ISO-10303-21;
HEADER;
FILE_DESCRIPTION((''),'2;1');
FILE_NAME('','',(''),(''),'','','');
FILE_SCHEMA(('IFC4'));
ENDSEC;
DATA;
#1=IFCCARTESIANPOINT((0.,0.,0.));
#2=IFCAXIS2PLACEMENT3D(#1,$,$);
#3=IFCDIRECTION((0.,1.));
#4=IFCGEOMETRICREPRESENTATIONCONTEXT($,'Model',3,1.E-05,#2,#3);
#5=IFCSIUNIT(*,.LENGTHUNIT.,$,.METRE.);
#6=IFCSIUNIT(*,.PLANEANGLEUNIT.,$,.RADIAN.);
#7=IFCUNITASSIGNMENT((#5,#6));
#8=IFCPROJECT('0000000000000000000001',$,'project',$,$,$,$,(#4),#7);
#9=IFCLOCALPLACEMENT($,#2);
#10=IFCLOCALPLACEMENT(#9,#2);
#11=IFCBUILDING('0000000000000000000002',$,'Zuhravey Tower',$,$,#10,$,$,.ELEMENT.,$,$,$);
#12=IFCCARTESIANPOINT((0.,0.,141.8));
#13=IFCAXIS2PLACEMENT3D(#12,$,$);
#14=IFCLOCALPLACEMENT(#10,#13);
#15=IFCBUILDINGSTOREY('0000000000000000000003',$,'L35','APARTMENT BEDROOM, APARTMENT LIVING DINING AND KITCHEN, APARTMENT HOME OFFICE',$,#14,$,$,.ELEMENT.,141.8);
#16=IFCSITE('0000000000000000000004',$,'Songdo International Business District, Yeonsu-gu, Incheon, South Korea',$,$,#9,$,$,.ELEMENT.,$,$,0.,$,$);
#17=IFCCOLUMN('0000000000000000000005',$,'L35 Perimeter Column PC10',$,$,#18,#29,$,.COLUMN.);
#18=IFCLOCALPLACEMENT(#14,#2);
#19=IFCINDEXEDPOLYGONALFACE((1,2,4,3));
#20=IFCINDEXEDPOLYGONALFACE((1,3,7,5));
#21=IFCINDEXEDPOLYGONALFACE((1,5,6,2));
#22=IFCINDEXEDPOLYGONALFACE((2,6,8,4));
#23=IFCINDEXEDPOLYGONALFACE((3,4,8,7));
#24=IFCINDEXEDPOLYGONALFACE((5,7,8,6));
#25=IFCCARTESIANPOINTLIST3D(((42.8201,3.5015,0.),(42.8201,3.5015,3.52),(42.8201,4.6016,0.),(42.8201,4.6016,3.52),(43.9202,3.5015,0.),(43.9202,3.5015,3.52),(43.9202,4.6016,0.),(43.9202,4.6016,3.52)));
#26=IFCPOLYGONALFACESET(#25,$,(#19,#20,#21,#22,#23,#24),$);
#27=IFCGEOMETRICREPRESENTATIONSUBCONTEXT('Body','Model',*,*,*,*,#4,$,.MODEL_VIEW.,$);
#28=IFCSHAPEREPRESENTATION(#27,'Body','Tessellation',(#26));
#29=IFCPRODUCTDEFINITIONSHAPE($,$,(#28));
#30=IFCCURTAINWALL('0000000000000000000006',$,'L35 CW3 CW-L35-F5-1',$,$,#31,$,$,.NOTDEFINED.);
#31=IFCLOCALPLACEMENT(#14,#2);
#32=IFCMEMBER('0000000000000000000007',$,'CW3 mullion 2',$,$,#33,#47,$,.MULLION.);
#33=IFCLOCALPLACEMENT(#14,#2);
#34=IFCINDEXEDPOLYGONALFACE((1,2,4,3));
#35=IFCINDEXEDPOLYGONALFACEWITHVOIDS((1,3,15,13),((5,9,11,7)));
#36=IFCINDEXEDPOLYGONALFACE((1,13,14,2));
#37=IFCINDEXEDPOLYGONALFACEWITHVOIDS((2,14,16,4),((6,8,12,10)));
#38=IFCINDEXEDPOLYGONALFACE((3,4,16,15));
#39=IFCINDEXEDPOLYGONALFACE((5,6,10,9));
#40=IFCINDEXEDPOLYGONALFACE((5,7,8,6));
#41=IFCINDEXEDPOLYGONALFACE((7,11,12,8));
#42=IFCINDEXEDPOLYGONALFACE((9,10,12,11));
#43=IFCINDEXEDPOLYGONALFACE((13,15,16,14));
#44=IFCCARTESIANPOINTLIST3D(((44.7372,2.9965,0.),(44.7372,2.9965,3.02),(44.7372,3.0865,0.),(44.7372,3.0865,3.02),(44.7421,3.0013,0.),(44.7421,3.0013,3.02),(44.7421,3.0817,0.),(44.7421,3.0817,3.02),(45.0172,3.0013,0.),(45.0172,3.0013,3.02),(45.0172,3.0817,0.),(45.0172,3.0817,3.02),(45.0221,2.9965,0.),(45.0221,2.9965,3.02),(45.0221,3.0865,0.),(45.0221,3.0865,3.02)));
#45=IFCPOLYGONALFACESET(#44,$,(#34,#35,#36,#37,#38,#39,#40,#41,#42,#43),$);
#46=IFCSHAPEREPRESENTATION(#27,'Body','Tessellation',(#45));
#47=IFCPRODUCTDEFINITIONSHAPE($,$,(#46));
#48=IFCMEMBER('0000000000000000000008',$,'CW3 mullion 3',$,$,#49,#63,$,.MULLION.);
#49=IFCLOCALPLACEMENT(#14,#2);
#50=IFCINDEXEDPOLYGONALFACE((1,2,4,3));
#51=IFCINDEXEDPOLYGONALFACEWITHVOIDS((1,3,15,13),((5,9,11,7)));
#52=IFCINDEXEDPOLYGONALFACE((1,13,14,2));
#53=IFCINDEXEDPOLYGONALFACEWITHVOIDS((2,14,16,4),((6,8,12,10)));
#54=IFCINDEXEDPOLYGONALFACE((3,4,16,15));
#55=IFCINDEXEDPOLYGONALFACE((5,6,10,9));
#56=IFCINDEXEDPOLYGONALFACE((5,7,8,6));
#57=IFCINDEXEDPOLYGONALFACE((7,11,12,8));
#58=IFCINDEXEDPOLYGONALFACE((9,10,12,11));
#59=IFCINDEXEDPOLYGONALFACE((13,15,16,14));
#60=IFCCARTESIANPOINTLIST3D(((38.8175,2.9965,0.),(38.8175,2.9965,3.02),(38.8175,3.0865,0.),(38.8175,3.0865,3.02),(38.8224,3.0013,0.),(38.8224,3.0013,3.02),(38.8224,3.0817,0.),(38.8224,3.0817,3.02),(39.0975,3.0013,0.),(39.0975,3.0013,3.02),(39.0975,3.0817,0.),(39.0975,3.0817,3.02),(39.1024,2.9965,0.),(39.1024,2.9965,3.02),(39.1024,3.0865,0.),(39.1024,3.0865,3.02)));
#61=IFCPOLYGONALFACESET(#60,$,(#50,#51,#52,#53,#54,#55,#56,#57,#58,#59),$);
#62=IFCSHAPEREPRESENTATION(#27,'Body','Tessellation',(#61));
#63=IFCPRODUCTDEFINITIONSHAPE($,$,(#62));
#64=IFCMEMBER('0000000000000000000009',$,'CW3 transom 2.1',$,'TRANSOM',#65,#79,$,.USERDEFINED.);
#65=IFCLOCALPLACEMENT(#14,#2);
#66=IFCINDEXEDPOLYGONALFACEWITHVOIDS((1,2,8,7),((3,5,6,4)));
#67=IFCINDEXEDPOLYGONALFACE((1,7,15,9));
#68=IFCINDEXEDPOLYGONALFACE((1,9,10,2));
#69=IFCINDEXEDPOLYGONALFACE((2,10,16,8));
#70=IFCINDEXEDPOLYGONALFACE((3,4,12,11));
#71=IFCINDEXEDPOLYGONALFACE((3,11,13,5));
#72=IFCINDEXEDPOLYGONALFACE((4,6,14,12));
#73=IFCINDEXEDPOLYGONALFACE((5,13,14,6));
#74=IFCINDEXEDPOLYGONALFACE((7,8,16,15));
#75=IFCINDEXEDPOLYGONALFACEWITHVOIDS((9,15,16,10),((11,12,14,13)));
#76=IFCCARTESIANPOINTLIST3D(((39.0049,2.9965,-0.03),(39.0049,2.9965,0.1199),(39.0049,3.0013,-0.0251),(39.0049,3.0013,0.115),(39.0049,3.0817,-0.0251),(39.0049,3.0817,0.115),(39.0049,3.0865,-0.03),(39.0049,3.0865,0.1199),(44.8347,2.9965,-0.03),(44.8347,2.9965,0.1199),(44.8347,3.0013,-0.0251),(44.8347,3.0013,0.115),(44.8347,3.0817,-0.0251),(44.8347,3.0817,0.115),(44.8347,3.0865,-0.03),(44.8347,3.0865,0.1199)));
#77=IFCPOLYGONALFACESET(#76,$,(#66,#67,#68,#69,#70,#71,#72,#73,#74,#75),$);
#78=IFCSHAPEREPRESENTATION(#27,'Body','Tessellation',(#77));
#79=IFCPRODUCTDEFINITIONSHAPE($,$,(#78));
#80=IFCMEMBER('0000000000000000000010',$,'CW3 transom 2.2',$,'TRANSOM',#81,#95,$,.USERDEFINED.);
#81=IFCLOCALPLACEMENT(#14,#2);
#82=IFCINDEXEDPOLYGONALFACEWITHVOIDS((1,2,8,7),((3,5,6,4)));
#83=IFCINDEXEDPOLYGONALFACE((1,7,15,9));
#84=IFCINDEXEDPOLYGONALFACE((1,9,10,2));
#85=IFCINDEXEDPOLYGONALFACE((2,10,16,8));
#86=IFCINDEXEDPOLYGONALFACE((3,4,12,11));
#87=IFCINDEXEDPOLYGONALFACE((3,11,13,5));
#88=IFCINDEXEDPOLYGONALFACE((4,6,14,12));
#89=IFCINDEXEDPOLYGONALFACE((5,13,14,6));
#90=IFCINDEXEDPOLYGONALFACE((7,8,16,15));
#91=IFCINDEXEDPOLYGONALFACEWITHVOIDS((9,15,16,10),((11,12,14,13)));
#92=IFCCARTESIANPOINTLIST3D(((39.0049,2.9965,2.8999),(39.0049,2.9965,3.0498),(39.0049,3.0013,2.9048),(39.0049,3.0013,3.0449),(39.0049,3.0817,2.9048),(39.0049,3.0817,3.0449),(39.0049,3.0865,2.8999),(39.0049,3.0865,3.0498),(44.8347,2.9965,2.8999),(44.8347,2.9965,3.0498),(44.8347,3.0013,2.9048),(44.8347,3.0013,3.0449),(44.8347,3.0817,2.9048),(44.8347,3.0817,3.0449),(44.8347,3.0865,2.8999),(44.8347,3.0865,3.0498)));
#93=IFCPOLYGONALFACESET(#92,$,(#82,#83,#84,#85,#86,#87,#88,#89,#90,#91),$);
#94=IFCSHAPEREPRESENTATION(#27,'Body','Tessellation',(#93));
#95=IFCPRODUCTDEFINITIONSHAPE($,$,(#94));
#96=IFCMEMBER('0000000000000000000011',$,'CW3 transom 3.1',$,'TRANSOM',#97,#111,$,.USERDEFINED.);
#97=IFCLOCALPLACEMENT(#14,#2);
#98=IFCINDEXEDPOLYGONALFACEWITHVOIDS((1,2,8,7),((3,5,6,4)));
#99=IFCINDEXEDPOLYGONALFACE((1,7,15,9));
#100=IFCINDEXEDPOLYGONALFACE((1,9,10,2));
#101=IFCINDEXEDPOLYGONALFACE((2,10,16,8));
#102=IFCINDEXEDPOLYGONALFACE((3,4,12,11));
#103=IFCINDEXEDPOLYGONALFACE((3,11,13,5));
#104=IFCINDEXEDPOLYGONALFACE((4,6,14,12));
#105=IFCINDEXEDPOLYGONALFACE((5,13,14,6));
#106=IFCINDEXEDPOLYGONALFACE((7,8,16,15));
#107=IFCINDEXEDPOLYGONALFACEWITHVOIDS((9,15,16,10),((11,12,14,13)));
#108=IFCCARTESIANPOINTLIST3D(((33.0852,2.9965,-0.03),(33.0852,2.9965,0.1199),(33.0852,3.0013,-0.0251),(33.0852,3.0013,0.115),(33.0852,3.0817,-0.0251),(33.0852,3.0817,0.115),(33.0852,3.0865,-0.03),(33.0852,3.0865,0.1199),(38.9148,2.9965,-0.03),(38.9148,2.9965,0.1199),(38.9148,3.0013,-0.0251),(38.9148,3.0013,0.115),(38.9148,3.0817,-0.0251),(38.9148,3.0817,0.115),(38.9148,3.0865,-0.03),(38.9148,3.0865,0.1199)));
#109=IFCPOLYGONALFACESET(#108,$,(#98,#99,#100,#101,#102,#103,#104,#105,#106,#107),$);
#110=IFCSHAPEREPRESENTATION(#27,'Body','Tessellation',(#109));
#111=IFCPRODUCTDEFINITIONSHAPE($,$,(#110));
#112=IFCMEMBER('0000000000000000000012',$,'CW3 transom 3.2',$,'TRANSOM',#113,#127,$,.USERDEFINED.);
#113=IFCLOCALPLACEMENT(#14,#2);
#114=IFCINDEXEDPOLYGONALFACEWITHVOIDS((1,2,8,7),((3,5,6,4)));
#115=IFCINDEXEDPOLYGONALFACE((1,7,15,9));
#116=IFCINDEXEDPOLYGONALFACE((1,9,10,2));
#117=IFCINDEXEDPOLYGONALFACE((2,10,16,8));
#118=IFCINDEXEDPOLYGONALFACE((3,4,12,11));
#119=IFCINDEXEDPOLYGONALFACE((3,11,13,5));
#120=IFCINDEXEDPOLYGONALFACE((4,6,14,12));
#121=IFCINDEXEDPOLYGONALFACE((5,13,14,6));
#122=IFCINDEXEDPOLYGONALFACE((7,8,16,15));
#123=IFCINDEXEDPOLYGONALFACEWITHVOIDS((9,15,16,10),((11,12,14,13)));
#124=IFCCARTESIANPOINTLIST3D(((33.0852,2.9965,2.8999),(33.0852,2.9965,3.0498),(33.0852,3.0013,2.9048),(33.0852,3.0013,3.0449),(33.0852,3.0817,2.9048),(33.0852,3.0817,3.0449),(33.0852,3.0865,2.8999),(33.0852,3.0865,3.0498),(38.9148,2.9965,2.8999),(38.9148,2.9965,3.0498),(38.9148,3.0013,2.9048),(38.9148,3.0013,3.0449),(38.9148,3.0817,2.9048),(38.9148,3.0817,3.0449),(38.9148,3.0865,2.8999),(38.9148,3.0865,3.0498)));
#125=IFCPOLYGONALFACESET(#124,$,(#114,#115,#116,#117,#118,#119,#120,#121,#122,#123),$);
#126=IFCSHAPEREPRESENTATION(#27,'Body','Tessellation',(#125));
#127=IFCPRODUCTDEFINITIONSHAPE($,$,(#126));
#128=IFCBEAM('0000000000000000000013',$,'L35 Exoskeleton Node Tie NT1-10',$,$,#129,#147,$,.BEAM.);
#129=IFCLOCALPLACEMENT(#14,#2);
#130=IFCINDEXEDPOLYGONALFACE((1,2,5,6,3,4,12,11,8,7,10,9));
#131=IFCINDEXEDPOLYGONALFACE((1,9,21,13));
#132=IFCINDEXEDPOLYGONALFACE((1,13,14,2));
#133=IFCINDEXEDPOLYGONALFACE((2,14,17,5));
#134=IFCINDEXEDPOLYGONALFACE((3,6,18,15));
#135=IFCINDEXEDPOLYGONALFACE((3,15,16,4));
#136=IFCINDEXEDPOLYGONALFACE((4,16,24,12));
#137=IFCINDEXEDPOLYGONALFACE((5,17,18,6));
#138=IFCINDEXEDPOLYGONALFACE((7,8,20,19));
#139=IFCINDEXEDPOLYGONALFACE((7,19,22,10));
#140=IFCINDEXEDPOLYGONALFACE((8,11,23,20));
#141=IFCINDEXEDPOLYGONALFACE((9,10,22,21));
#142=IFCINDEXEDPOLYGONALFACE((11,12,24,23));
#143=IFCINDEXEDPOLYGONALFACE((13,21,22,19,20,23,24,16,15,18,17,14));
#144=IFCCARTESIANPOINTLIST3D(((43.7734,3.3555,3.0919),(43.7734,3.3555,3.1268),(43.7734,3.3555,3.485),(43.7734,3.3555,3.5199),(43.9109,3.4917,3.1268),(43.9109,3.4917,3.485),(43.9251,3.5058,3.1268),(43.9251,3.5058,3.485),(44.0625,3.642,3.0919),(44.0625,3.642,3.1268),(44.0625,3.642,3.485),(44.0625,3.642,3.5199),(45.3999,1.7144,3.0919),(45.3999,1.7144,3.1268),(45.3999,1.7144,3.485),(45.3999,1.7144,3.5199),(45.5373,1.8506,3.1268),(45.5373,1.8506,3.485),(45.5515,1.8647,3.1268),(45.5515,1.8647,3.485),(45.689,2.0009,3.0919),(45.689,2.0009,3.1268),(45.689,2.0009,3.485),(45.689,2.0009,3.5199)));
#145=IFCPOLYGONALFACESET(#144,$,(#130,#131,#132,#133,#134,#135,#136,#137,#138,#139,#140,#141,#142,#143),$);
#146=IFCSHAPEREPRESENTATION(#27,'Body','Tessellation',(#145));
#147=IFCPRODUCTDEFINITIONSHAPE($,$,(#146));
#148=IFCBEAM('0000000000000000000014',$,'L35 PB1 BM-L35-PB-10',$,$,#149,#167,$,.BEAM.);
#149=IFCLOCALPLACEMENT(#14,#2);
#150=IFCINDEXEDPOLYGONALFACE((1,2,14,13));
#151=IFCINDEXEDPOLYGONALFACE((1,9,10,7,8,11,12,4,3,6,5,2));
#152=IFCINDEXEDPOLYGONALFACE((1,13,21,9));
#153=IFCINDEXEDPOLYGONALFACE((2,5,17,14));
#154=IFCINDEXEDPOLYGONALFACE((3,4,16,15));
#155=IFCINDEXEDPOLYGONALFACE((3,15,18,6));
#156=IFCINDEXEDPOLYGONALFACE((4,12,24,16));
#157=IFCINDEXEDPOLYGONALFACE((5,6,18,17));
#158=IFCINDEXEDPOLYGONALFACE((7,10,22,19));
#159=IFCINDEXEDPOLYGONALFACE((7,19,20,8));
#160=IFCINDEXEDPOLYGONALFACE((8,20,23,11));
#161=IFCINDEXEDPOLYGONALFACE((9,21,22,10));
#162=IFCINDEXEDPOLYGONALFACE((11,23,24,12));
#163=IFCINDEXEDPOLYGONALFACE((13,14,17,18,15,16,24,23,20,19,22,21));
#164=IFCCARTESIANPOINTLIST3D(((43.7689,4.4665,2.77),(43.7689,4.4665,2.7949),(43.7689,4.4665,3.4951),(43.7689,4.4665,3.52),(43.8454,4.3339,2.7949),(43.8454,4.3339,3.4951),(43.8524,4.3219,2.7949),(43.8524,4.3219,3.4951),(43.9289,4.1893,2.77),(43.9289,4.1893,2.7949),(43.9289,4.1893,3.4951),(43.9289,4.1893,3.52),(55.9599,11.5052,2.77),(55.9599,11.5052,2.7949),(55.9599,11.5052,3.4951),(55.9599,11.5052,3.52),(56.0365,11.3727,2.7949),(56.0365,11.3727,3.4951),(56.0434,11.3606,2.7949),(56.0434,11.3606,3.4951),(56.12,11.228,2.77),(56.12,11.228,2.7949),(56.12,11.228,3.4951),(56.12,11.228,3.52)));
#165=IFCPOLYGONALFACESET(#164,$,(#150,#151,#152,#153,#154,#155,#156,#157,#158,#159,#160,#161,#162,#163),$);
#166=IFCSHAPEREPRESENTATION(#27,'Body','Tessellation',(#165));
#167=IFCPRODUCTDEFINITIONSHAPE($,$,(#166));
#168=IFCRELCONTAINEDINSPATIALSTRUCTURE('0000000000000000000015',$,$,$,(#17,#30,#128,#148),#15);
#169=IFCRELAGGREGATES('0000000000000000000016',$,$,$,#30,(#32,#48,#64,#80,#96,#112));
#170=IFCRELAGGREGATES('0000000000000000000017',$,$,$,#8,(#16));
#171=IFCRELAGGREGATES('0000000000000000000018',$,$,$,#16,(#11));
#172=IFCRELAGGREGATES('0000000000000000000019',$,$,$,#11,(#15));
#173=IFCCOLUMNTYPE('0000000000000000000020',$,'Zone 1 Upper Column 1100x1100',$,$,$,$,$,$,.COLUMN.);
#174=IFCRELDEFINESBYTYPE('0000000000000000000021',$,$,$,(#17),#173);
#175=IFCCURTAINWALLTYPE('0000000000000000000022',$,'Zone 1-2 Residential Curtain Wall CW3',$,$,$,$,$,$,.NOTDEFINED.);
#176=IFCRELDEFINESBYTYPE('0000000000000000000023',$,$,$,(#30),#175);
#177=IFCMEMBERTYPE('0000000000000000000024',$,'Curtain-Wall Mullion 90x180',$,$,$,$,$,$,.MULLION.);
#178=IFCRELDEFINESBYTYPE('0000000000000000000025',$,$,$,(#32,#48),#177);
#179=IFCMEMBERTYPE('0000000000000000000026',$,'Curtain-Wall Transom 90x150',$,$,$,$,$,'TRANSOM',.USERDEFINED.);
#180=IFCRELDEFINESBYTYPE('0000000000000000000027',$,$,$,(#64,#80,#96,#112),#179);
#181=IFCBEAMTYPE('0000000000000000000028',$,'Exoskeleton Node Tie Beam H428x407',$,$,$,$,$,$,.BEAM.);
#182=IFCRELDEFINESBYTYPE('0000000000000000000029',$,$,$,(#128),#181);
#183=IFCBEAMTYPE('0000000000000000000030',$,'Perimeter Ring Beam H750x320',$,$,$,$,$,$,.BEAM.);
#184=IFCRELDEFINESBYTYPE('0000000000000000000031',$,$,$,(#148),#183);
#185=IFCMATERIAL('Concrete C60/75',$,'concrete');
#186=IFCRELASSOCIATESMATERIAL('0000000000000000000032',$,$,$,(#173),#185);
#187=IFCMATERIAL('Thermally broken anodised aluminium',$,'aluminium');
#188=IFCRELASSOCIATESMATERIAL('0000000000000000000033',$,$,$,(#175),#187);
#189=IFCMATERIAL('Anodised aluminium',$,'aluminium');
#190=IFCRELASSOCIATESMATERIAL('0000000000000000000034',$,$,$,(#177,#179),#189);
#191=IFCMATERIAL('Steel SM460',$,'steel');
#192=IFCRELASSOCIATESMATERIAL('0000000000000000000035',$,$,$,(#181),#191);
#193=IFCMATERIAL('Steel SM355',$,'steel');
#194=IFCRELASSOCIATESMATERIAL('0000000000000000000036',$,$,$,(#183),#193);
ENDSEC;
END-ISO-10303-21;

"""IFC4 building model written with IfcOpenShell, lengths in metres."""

from ifc_helpers import new_model, si_unit, direction, frame, origin, origin_2d, place, context, subcontext, project, spatial, rectangle, hollow_rectangle, i_section, extrude, material, material_profile, profile_set, type_object, element, aggregate, save


model = new_model("IFC4")

# Units and contexts
model_context = context("Model", 3, precision=1e-05, world=origin(), true_north=direction((0.0, 1.0)))
body_context = subcontext(model_context, "Body", "Model", "MODEL_VIEW")
ifc_project = project(units=[si_unit("LENGTHUNIT", "METRE"), si_unit("PLANEANGLEUNIT", "RADIAN")], contexts=[model_context])

# Site, building, storey
site_placement = place(None, origin())
site = spatial("IfcSite", under=ifc_project, at=site_placement, Name="Songdo International Business District, Yeonsu-gu, Incheon, South Korea", CompositionType="ELEMENT", RefElevation=0.0)
building_placement = place(site_placement, origin())
building = spatial("IfcBuilding", under=site, at=building_placement, Name="Zuhravey Tower", CompositionType="ELEMENT")
storey_placement = place(building_placement, frame((0.0, 0.0, 141.8)))
storey = spatial("IfcBuildingStorey", under=building, at=storey_placement, Name="L35", Description="APARTMENT BEDROOM, APARTMENT LIVING DINING AND KITCHEN, APARTMENT HOME OFFICE", CompositionType="ELEMENT", Elevation=141.8)

# Column
ifc_material_1 = material(Name="Concrete C60/75", Category="concrete")
ifc_material_profile_1 = material_profile(ifc_material_1, rectangle(XDim=1.1001, YDim=1.1001, at=origin_2d()), Name="RC-1100x1100")
ifc_profile_set_1 = profile_set([ifc_material_profile_1], Name="Concrete C60/75")
column_type = type_object("IfcColumnType", Name="Zone 1 Upper Column 1100x1100", PredefinedType="COLUMN", material=ifc_profile_set_1)
column_placement = place(storey_placement, frame((43.3701, 4.0515, 0.0), z_axis=(0.0, 0.0, 1.0), x_axis=(1.0, 0.0, 0.0)))
element("IfcColumn", 1, at=column_placement, inside=storey, type_object=column_type, Name="L35 Perimeter Column PC10", PredefinedType="COLUMN", context=body_context, shape_type="SweptSolid", body=[
    extrude(rectangle(XDim=1.1001, YDim=1.1001, at=origin_2d()), origin(), (0.0, 0.0, 1.0), 3.52),
])

# Curtain wall, members
ifc_material_2 = material(Name="Thermally broken anodised aluminium", Category="aluminium")
curtain_wall_type = type_object("IfcCurtainWallType", Name="Zone 1-2 Residential Curtain Wall CW3", PredefinedType="NOTDEFINED", material=ifc_material_2)
curtain_wall_placement = place(storey_placement, origin())
curtain_wall = element("IfcCurtainWall", 2, at=curtain_wall_placement, inside=storey, type_object=curtain_wall_type, Name="L35 CW3 CW-L35-F5-1", PredefinedType="NOTDEFINED")
ifc_material_3 = material(Name="Anodised aluminium", Category="aluminium")
ifc_material_profile_2 = material_profile(ifc_material_3, hollow_rectangle(XDim=0.0901, YDim=0.2849, WallThickness=0.0049, at=origin_2d()), Name="ALU-RHS-90x285x5")
ifc_profile_set_2 = profile_set([ifc_material_profile_2], Name="Anodised aluminium")
member_type_1 = type_object("IfcMemberType", Name="Curtain-Wall Mullion 90x180", PredefinedType="MULLION", material=ifc_profile_set_2)
member_1_placement = place(storey_placement, frame((44.8796, 3.0415, 0.0), z_axis=(0.0, 0.0, 1.0), x_axis=(0.0, -1.0, 0.0)))
member_1 = element("IfcMember", 3, at=member_1_placement, type_object=member_type_1, Name="CW3 mullion 2", PredefinedType="MULLION", context=body_context, shape_type="SweptSolid", body=[
    extrude(hollow_rectangle(XDim=0.0901, YDim=0.2849, WallThickness=0.0049, at=origin_2d()), origin(), (0.0, 0.0, 1.0), 3.02),
])
member_2_placement = place(storey_placement, frame((38.96, 3.0415, 0.0), z_axis=(0.0, 0.0, 1.0), x_axis=(0.0, -1.0, 0.0)))
member_2 = element("IfcMember", 4, at=member_2_placement, type_object=member_type_1, Name="CW3 mullion 3", PredefinedType="MULLION", context=body_context, shape_type="SweptSolid", body=[
    extrude(hollow_rectangle(XDim=0.0901, YDim=0.2849, WallThickness=0.0049, at=origin_2d()), origin(), (0.0, 0.0, 1.0), 3.02),
])
ifc_material_profile_3 = material_profile(ifc_material_3, hollow_rectangle(XDim=0.0901, YDim=0.1499, WallThickness=0.0049, at=origin_2d()), Name="ALU-RHS-90x150x5")
ifc_profile_set_3 = profile_set([ifc_material_profile_3], Name="Anodised aluminium")
member_type_2 = type_object("IfcMemberType", Name="Curtain-Wall Transom 90x150", ElementType="TRANSOM", PredefinedType="USERDEFINED", material=ifc_profile_set_3)
member_3_placement = place(storey_placement, frame((44.8347, 3.0415, 0.0449), z_axis=(-1.0, 0.0, 0.0), x_axis=(0.0, -1.0, 0.0)))
member_3 = element("IfcMember", 5, at=member_3_placement, type_object=member_type_2, Name="CW3 transom 2.1", ObjectType="TRANSOM", PredefinedType="USERDEFINED", context=body_context, shape_type="SweptSolid", body=[
    extrude(hollow_rectangle(XDim=0.0901, YDim=0.1499, WallThickness=0.0049, at=origin_2d()), origin(), (0.0, 0.0, 1.0), 5.8298),
])
member_4_placement = place(storey_placement, frame((44.8347, 3.0415, 2.9749), z_axis=(-1.0, 0.0, 0.0), x_axis=(0.0, -1.0, 0.0)))
member_4 = element("IfcMember", 6, at=member_4_placement, type_object=member_type_2, Name="CW3 transom 2.2", ObjectType="TRANSOM", PredefinedType="USERDEFINED", context=body_context, shape_type="SweptSolid", body=[
    extrude(hollow_rectangle(XDim=0.0901, YDim=0.1499, WallThickness=0.0049, at=origin_2d()), origin(), (0.0, 0.0, 1.0), 5.8298),
])
member_5_placement = place(storey_placement, frame((38.9148, 3.0415, 0.0449), z_axis=(-1.0, 0.0, 0.0), x_axis=(0.0, -1.0, 0.0)))
member_5 = element("IfcMember", 7, at=member_5_placement, type_object=member_type_2, Name="CW3 transom 3.1", ObjectType="TRANSOM", PredefinedType="USERDEFINED", context=body_context, shape_type="SweptSolid", body=[
    extrude(hollow_rectangle(XDim=0.0901, YDim=0.1499, WallThickness=0.0049, at=origin_2d()), origin(), (0.0, 0.0, 1.0), 5.8296),
])
member_6_placement = place(storey_placement, frame((38.9148, 3.0415, 2.9749), z_axis=(-1.0, 0.0, 0.0), x_axis=(0.0, -1.0, 0.0)))
member_6 = element("IfcMember", 8, at=member_6_placement, type_object=member_type_2, Name="CW3 transom 3.2", ObjectType="TRANSOM", PredefinedType="USERDEFINED", context=body_context, shape_type="SweptSolid", body=[
    extrude(hollow_rectangle(XDim=0.0901, YDim=0.1499, WallThickness=0.0049, at=origin_2d()), origin(), (0.0, 0.0, 1.0), 5.8296),
])

# Beams
ifc_material_4 = material(Name="Steel SM460", Category="steel")
ifc_material_profile_4 = material_profile(ifc_material_4, i_section(OverallWidth=0.407, OverallDepth=0.428, WebThickness=0.02, FlangeThickness=0.0349, at=origin_2d()), Name="H-428x407x20x35")
ifc_profile_set_4 = profile_set([ifc_material_profile_4], Name="Steel SM460")
beam_type_1 = type_object("IfcBeamType", Name="Exoskeleton Node Tie Beam H428x407", PredefinedType="BEAM", material=ifc_profile_set_4)
beam_1_placement = place(storey_placement, frame((43.918, 3.4988, 3.3059), z_axis=(0.70393, -0.71027, 0.0), x_axis=(0.71027, 0.70393, 0.0)))
element("IfcBeam", 9, at=beam_1_placement, inside=storey, type_object=beam_type_1, Name="L35 Exoskeleton Node Tie NT1-10", PredefinedType="BEAM", context=body_context, shape_type="SweptSolid", body=[
    extrude(i_section(OverallWidth=0.407, OverallDepth=0.428, WebThickness=0.02, FlangeThickness=0.0349, at=origin_2d()), origin(), (0.0, 0.0, 1.0), 2.3105),
])
ifc_material_5 = material(Name="Steel SM355", Category="steel")
ifc_material_profile_5 = material_profile(ifc_material_5, i_section(OverallWidth=0.3201, OverallDepth=0.75, WebThickness=0.0139, FlangeThickness=0.0249, at=origin_2d()), Name="H-750x320x14x25")
ifc_profile_set_5 = profile_set([ifc_material_profile_5], Name="Steel SM355")
beam_type_2 = type_object("IfcBeamType", Name="Perimeter Ring Beam H750x320", PredefinedType="BEAM", material=ifc_profile_set_5)
beam_2_placement = place(storey_placement, frame((43.8489, 4.3279, 3.145), z_axis=(0.866018, 0.500013, 0.0), x_axis=(-0.500013, 0.866018, 0.0)))
element("IfcBeam", 10, at=beam_2_placement, inside=storey, type_object=beam_type_2, Name="L35 PB1 BM-L35-PB-10", PredefinedType="BEAM", context=body_context, shape_type="SweptSolid", body=[
    extrude(i_section(OverallWidth=0.3201, OverallDepth=0.75, WebThickness=0.0139, FlangeThickness=0.0249, at=origin_2d()), origin(), (0.0, 0.0, 1.0), 14.0771),
])

aggregate(curtain_wall, [member_1, member_2, member_3, member_4, member_5, member_6])

save(model, "model.ifc")
